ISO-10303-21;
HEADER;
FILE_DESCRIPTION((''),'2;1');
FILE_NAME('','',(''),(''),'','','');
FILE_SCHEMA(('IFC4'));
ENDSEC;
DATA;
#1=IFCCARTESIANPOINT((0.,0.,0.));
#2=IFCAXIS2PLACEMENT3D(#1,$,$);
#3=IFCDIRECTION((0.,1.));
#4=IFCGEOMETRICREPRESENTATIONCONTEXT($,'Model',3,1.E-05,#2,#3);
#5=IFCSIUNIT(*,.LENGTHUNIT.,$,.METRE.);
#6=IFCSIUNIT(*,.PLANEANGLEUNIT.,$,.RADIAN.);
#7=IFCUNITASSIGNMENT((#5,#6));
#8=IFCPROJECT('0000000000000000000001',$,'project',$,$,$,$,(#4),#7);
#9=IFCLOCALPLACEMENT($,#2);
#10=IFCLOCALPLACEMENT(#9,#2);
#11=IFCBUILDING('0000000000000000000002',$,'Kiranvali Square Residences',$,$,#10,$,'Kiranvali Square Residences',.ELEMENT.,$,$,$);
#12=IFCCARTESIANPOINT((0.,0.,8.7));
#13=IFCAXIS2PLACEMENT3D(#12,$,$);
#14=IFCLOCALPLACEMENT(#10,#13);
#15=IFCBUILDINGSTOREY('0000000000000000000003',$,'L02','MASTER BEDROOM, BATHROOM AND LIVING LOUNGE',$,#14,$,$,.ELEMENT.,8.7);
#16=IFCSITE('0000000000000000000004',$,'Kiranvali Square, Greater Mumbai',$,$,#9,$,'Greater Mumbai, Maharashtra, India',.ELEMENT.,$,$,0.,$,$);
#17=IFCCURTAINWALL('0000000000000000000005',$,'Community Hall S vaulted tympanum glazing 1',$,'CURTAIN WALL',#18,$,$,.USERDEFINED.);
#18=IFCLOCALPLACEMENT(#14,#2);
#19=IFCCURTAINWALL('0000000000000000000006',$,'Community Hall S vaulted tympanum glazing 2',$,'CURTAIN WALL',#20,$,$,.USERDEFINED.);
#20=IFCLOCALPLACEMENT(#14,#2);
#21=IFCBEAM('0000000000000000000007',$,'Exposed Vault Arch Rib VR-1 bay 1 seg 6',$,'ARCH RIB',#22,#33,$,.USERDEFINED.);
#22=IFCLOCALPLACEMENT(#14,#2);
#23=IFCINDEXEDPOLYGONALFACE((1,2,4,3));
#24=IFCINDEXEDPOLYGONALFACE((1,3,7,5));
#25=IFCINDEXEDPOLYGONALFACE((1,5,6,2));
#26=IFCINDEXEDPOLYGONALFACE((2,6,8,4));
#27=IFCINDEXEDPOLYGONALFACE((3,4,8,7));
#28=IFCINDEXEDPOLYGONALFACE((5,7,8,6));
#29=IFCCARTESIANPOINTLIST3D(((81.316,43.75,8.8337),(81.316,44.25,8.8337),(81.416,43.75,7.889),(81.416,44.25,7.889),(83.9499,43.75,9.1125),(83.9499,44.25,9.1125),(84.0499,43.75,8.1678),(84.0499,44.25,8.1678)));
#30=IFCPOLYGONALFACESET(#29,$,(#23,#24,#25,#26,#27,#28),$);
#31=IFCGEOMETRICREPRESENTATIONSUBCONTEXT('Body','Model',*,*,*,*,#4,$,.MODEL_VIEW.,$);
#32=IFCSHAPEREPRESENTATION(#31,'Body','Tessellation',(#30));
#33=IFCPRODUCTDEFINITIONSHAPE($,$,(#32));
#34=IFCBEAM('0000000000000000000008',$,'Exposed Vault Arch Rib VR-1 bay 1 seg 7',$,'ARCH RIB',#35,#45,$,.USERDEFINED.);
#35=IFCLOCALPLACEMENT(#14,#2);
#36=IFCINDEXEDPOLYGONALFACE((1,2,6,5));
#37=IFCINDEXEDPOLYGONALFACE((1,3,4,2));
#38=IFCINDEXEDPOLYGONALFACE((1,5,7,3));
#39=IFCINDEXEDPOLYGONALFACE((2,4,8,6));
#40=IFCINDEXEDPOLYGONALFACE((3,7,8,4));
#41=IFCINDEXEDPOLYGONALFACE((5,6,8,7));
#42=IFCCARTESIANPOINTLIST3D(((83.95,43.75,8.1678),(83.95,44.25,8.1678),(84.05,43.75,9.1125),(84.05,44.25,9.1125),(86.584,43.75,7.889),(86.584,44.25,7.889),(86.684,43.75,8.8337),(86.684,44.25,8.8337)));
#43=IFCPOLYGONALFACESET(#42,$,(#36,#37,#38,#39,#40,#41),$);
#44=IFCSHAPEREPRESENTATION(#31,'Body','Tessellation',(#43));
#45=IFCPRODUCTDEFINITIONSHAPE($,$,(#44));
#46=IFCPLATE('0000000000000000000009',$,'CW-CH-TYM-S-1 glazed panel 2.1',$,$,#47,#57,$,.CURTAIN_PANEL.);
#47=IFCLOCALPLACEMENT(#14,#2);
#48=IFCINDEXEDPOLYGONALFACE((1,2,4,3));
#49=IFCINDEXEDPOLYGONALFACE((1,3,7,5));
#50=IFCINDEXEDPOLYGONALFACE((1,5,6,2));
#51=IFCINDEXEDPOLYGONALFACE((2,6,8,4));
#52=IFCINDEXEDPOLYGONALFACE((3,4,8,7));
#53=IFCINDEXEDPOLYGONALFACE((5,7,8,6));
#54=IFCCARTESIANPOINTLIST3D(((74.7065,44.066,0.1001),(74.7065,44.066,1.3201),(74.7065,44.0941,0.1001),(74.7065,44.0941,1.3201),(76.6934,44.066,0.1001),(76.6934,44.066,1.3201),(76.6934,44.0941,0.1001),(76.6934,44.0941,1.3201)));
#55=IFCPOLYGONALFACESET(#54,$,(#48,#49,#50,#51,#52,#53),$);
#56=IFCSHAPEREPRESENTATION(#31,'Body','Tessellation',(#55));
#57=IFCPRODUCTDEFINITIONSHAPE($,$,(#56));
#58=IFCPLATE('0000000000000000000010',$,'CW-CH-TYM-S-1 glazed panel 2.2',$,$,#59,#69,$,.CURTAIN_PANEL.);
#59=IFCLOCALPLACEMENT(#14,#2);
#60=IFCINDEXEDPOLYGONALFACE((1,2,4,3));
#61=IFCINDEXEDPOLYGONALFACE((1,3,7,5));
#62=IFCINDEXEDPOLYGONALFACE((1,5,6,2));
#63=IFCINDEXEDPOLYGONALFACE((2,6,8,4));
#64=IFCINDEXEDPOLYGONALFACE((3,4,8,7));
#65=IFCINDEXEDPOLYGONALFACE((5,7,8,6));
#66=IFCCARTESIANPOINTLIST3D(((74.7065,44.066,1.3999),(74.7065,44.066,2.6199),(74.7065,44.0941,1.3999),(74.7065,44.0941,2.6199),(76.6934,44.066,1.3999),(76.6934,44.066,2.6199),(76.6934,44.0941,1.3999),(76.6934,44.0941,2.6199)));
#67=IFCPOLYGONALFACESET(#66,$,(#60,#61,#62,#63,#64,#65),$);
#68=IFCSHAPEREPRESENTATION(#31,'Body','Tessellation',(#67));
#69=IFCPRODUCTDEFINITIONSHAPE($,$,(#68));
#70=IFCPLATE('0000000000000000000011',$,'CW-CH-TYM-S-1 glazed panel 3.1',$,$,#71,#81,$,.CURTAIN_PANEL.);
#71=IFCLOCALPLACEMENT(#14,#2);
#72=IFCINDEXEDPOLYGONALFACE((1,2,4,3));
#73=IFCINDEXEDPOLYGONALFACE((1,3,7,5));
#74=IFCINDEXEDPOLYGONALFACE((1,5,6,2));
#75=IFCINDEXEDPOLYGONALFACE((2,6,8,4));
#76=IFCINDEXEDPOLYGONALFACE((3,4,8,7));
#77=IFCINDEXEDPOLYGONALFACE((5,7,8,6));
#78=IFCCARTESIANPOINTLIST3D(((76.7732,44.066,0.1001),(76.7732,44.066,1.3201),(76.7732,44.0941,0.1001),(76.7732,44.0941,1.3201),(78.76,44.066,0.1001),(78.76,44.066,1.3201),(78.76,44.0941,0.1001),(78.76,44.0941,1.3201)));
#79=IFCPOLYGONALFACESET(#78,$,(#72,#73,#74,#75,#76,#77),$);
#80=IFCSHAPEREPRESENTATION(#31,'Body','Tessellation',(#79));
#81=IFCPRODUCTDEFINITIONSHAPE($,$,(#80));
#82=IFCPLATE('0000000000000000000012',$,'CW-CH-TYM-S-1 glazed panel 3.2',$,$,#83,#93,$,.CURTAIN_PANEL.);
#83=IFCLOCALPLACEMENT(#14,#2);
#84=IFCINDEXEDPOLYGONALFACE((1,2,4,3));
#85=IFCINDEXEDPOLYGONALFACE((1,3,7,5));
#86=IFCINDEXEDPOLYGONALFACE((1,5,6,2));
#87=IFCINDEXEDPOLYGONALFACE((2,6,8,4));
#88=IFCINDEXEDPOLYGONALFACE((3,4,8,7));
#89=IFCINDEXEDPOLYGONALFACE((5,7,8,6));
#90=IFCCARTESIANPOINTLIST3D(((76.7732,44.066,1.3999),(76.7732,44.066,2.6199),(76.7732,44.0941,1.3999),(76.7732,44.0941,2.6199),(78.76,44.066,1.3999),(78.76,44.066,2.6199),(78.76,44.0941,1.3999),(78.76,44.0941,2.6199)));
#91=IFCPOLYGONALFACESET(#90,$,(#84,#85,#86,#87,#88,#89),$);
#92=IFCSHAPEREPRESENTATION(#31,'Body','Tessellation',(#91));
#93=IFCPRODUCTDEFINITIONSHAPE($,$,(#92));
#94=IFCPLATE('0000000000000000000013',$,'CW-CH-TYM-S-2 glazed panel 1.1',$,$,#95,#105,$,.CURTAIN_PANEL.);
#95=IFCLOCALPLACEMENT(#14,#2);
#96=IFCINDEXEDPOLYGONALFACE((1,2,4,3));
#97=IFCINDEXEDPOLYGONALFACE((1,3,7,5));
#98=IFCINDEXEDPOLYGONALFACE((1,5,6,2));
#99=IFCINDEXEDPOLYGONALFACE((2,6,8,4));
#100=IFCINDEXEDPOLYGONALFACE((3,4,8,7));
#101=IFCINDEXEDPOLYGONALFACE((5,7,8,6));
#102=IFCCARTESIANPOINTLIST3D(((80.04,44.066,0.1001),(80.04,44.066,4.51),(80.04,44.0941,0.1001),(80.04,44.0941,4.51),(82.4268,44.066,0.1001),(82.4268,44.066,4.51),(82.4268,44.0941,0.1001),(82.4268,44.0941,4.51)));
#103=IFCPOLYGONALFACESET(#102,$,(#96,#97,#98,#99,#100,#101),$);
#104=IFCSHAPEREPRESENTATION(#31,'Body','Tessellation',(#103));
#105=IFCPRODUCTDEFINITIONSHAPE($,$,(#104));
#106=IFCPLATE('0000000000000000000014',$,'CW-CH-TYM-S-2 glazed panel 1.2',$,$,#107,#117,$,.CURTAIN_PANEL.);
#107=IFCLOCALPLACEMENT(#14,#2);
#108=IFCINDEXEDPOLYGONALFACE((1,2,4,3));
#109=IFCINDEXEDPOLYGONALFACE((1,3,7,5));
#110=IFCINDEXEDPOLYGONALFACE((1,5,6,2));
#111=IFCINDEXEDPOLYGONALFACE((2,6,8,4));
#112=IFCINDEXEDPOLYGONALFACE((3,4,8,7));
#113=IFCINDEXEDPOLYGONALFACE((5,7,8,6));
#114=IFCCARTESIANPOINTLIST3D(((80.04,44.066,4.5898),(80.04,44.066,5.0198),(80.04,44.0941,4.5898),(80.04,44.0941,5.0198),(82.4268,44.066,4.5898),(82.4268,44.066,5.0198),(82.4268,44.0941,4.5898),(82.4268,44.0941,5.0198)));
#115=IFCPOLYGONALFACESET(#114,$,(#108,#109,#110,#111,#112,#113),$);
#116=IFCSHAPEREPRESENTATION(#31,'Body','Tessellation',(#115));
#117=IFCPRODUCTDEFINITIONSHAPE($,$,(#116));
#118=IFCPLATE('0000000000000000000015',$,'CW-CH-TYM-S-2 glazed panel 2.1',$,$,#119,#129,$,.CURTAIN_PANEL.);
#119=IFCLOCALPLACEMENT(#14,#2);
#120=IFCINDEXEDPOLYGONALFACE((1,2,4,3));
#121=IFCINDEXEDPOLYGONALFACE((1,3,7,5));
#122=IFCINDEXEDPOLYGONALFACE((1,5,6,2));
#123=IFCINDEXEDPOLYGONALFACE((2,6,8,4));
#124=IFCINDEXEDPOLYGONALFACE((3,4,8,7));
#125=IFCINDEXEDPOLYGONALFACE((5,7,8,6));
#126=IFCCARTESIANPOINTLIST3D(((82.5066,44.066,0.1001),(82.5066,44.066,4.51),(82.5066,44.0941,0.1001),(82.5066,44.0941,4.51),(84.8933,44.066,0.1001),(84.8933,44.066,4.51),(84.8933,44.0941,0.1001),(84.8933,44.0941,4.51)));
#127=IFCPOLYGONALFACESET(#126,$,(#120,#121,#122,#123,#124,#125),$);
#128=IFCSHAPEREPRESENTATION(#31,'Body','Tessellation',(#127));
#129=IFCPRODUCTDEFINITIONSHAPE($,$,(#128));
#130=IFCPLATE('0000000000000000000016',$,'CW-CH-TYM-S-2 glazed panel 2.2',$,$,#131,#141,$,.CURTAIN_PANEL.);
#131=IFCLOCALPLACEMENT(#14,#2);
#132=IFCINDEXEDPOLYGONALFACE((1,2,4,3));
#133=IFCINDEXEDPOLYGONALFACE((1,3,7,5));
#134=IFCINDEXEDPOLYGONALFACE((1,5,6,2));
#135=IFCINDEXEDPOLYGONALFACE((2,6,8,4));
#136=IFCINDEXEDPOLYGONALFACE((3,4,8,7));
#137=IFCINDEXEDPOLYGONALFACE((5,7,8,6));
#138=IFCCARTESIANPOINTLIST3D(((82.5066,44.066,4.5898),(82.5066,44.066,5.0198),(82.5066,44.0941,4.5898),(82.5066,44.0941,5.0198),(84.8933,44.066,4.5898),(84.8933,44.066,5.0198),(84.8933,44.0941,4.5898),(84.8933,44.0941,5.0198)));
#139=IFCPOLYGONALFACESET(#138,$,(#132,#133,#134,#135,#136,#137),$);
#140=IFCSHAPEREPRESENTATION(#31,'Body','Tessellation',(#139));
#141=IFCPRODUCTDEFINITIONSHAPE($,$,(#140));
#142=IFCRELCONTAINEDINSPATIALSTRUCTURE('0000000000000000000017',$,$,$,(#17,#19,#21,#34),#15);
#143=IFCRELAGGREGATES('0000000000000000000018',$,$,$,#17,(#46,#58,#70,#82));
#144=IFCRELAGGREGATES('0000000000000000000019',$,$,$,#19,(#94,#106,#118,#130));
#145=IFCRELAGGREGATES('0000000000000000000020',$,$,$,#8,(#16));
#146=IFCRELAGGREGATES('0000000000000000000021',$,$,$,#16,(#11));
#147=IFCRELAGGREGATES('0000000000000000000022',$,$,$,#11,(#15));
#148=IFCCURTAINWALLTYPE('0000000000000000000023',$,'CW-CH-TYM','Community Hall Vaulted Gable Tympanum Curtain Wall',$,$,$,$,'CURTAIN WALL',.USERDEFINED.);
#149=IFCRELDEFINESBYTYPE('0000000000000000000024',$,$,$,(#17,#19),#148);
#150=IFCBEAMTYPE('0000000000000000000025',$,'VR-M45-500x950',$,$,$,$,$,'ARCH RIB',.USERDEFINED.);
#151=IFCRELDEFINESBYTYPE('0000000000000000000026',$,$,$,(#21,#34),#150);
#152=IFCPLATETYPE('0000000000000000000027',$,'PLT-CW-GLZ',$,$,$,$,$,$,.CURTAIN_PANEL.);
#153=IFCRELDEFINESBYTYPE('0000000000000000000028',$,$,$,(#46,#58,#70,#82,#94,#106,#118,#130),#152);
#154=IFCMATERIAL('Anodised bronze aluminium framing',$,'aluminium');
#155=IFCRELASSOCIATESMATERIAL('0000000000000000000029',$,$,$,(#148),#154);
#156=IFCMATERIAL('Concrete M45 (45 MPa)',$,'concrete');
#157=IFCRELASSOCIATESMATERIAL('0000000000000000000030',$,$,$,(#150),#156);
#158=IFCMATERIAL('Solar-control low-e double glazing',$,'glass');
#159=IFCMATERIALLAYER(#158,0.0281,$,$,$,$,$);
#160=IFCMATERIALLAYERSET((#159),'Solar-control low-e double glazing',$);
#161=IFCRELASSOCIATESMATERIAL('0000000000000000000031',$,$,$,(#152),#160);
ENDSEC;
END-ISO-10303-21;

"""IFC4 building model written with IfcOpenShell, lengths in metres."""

from ifc_helpers import new_model, si_unit, direction, frame, origin, origin_2d, place, context, subcontext, project, spatial, rectangle, extrude, material, layer, layer_set, material_profile, profile_set, type_object, element, aggregate, save


model = new_model("IFC4")

# Units and contexts
model_context = context("Model", 3, precision=1e-05, world=origin(), true_north=direction((0.0, 1.0)))
body_context = subcontext(model_context, "Body", "Model", "MODEL_VIEW")
ifc_project = project(units=[si_unit("LENGTHUNIT", "METRE"), si_unit("PLANEANGLEUNIT", "RADIAN")], contexts=[model_context])

# Site, building, storey
site_placement = place(None, origin())
site = spatial("IfcSite", under=ifc_project, at=site_placement, Name="Kiranvali Square, Greater Mumbai", LongName="Greater Mumbai, Maharashtra, India", CompositionType="ELEMENT", RefElevation=0.0)
building_placement = place(site_placement, origin())
building = spatial("IfcBuilding", under=site, at=building_placement, Name="Kiranvali Square Residences", LongName="Kiranvali Square Residences", CompositionType="ELEMENT")
storey_placement = place(building_placement, frame((0.0, 0.0, 8.7)))
storey = spatial("IfcBuildingStorey", under=building, at=storey_placement, Name="L02", Description="MASTER BEDROOM, BATHROOM AND LIVING LOUNGE", CompositionType="ELEMENT", Elevation=8.7)

# Curtain walls
ifc_material_1 = material(Name="Anodised bronze aluminium framing", Category="aluminium")
curtain_wall_type = type_object("IfcCurtainWallType", Name="CW-CH-TYM", Description="Community Hall Vaulted Gable Tympanum Curtain Wall", ElementType="CURTAIN WALL", PredefinedType="USERDEFINED", material=ifc_material_1)
curtain_wall_1_placement = place(storey_placement, origin())
curtain_wall_1 = element("IfcCurtainWall", 1, at=curtain_wall_1_placement, inside=storey, type_object=curtain_wall_type, Name="Community Hall S vaulted tympanum glazing 1", ObjectType="CURTAIN WALL", PredefinedType="USERDEFINED")
curtain_wall_2_placement = place(storey_placement, origin())
curtain_wall_2 = element("IfcCurtainWall", 2, at=curtain_wall_2_placement, inside=storey, type_object=curtain_wall_type, Name="Community Hall S vaulted tympanum glazing 2", ObjectType="CURTAIN WALL", PredefinedType="USERDEFINED")

# Beams
ifc_material_2 = material(Name="Concrete M45 (45 MPa)", Category="concrete")
ifc_material_profile_1 = material_profile(ifc_material_2, rectangle(XDim=0.5, YDim=0.95, at=origin_2d()), Name="RC 500x950")
ifc_profile_set_1 = profile_set([ifc_material_profile_1], Name="Concrete M45 (45 MPa)")
beam_type = type_object("IfcBeamType", Name="VR-M45-500x950", ElementType="ARCH RIB", PredefinedType="USERDEFINED", material=ifc_profile_set_1)
for number, where, z_axis, x_axis, name in (
    (3, (81.366, 44.0, 8.3613), (0.994445, 0.0, 0.105261), (0.0, 1.0, 0.0), "Exposed Vault Arch Rib VR-1 bay 1 seg 6"),
    (4, (84.0, 44.0, 8.6401), (0.994445, 0.0, -0.105261), (0.0, 1.0, 0.0), "Exposed Vault Arch Rib VR-1 bay 1 seg 7"),
):
    element("IfcBeam", number, at=place(storey_placement, frame(where, z_axis=z_axis, x_axis=x_axis)), inside=storey, type_object=beam_type, Name=name, ObjectType="ARCH RIB", PredefinedType="USERDEFINED", context=body_context, shape_type="SweptSolid", body=[
        extrude(rectangle(XDim=0.5, YDim=0.95, at=origin_2d()), origin(), (0.0, 0.0, 1.0), 2.6487),
    ])

# Plates
ifc_material_3 = material(Name="Solar-control low-e double glazing", Category="glass")
ifc_layer = layer(ifc_material_3, 0.0281)
ifc_layer_set = layer_set([ifc_layer], Name="Solar-control low-e double glazing")
plate_type = type_object("IfcPlateType", Name="PLT-CW-GLZ", PredefinedType="CURTAIN_PANEL", material=ifc_layer_set)
plate_1_placement = place(storey_placement, frame((75.7, 44.0801, 0.1001), z_axis=(0.0, 0.0, 1.0), x_axis=(1.0, 0.0, 0.0)))
plate_1 = element("IfcPlate", 5, at=plate_1_placement, type_object=plate_type, Name="CW-CH-TYM-S-1 glazed panel 2.1", PredefinedType="CURTAIN_PANEL", context=body_context, shape_type="SweptSolid", body=[
    extrude(rectangle(XDim=1.9868, YDim=0.0281, at=origin_2d()), origin(), (0.0, 0.0, 1.0), 1.22),
])
plate_2_placement = place(storey_placement, frame((75.7, 44.0801, 1.3999), z_axis=(0.0, 0.0, 1.0), x_axis=(1.0, 0.0, 0.0)))
plate_2 = element("IfcPlate", 6, at=plate_2_placement, type_object=plate_type, Name="CW-CH-TYM-S-1 glazed panel 2.2", PredefinedType="CURTAIN_PANEL", context=body_context, shape_type="SweptSolid", body=[
    extrude(rectangle(XDim=1.9868, YDim=0.0281, at=origin_2d()), origin(), (0.0, 0.0, 1.0), 1.22),
])
plate_3_placement = place(storey_placement, frame((77.7666, 44.0801, 0.1001), z_axis=(0.0, 0.0, 1.0), x_axis=(1.0, 0.0, 0.0)))
plate_3 = element("IfcPlate", 7, at=plate_3_placement, type_object=plate_type, Name="CW-CH-TYM-S-1 glazed panel 3.1", PredefinedType="CURTAIN_PANEL", context=body_context, shape_type="SweptSolid", body=[
    extrude(rectangle(XDim=1.9868, YDim=0.0281, at=origin_2d()), origin(), (0.0, 0.0, 1.0), 1.22),
])
plate_4_placement = place(storey_placement, frame((77.7666, 44.0801, 1.3999), z_axis=(0.0, 0.0, 1.0), x_axis=(1.0, 0.0, 0.0)))
plate_4 = element("IfcPlate", 8, at=plate_4_placement, type_object=plate_type, Name="CW-CH-TYM-S-1 glazed panel 3.2", PredefinedType="CURTAIN_PANEL", context=body_context, shape_type="SweptSolid", body=[
    extrude(rectangle(XDim=1.9868, YDim=0.0281, at=origin_2d()), origin(), (0.0, 0.0, 1.0), 1.22),
])
aggregate(curtain_wall_1, [plate_1, plate_2, plate_3, plate_4])
plate_5_placement = place(storey_placement, frame((81.2334, 44.0801, 0.1001), z_axis=(0.0, 0.0, 1.0), x_axis=(1.0, 0.0, 0.0)))
plate_5 = element("IfcPlate", 9, at=plate_5_placement, type_object=plate_type, Name="CW-CH-TYM-S-2 glazed panel 1.1", PredefinedType="CURTAIN_PANEL", context=body_context, shape_type="SweptSolid", body=[
    extrude(rectangle(XDim=2.3867, YDim=0.0281, at=origin_2d()), origin(), (0.0, 0.0, 1.0), 4.4099),
])
plate_6_placement = place(storey_placement, frame((81.2334, 44.0801, 4.5898), z_axis=(0.0, 0.0, 1.0), x_axis=(1.0, 0.0, 0.0)))
plate_6 = element("IfcPlate", 10, at=plate_6_placement, type_object=plate_type, Name="CW-CH-TYM-S-2 glazed panel 1.2", PredefinedType="CURTAIN_PANEL", context=body_context, shape_type="SweptSolid", body=[
    extrude(rectangle(XDim=2.3867, YDim=0.0281, at=origin_2d()), origin(), (0.0, 0.0, 1.0), 0.4299),
])
plate_7_placement = place(storey_placement, frame((83.7, 44.0801, 0.1001), z_axis=(0.0, 0.0, 1.0), x_axis=(1.0, 0.0, 0.0)))
plate_7 = element("IfcPlate", 11, at=plate_7_placement, type_object=plate_type, Name="CW-CH-TYM-S-2 glazed panel 2.1", PredefinedType="CURTAIN_PANEL", context=body_context, shape_type="SweptSolid", body=[
    extrude(rectangle(XDim=2.3867, YDim=0.0281, at=origin_2d()), origin(), (0.0, 0.0, 1.0), 4.4099),
])
plate_8_placement = place(storey_placement, frame((83.7, 44.0801, 4.5898), z_axis=(0.0, 0.0, 1.0), x_axis=(1.0, 0.0, 0.0)))
plate_8 = element("IfcPlate", 12, at=plate_8_placement, type_object=plate_type, Name="CW-CH-TYM-S-2 glazed panel 2.2", PredefinedType="CURTAIN_PANEL", context=body_context, shape_type="SweptSolid", body=[
    extrude(rectangle(XDim=2.3867, YDim=0.0281, at=origin_2d()), origin(), (0.0, 0.0, 1.0), 0.4299),
])
aggregate(curtain_wall_2, [plate_5, plate_6, plate_7, plate_8])

save(model, "model.ifc")
